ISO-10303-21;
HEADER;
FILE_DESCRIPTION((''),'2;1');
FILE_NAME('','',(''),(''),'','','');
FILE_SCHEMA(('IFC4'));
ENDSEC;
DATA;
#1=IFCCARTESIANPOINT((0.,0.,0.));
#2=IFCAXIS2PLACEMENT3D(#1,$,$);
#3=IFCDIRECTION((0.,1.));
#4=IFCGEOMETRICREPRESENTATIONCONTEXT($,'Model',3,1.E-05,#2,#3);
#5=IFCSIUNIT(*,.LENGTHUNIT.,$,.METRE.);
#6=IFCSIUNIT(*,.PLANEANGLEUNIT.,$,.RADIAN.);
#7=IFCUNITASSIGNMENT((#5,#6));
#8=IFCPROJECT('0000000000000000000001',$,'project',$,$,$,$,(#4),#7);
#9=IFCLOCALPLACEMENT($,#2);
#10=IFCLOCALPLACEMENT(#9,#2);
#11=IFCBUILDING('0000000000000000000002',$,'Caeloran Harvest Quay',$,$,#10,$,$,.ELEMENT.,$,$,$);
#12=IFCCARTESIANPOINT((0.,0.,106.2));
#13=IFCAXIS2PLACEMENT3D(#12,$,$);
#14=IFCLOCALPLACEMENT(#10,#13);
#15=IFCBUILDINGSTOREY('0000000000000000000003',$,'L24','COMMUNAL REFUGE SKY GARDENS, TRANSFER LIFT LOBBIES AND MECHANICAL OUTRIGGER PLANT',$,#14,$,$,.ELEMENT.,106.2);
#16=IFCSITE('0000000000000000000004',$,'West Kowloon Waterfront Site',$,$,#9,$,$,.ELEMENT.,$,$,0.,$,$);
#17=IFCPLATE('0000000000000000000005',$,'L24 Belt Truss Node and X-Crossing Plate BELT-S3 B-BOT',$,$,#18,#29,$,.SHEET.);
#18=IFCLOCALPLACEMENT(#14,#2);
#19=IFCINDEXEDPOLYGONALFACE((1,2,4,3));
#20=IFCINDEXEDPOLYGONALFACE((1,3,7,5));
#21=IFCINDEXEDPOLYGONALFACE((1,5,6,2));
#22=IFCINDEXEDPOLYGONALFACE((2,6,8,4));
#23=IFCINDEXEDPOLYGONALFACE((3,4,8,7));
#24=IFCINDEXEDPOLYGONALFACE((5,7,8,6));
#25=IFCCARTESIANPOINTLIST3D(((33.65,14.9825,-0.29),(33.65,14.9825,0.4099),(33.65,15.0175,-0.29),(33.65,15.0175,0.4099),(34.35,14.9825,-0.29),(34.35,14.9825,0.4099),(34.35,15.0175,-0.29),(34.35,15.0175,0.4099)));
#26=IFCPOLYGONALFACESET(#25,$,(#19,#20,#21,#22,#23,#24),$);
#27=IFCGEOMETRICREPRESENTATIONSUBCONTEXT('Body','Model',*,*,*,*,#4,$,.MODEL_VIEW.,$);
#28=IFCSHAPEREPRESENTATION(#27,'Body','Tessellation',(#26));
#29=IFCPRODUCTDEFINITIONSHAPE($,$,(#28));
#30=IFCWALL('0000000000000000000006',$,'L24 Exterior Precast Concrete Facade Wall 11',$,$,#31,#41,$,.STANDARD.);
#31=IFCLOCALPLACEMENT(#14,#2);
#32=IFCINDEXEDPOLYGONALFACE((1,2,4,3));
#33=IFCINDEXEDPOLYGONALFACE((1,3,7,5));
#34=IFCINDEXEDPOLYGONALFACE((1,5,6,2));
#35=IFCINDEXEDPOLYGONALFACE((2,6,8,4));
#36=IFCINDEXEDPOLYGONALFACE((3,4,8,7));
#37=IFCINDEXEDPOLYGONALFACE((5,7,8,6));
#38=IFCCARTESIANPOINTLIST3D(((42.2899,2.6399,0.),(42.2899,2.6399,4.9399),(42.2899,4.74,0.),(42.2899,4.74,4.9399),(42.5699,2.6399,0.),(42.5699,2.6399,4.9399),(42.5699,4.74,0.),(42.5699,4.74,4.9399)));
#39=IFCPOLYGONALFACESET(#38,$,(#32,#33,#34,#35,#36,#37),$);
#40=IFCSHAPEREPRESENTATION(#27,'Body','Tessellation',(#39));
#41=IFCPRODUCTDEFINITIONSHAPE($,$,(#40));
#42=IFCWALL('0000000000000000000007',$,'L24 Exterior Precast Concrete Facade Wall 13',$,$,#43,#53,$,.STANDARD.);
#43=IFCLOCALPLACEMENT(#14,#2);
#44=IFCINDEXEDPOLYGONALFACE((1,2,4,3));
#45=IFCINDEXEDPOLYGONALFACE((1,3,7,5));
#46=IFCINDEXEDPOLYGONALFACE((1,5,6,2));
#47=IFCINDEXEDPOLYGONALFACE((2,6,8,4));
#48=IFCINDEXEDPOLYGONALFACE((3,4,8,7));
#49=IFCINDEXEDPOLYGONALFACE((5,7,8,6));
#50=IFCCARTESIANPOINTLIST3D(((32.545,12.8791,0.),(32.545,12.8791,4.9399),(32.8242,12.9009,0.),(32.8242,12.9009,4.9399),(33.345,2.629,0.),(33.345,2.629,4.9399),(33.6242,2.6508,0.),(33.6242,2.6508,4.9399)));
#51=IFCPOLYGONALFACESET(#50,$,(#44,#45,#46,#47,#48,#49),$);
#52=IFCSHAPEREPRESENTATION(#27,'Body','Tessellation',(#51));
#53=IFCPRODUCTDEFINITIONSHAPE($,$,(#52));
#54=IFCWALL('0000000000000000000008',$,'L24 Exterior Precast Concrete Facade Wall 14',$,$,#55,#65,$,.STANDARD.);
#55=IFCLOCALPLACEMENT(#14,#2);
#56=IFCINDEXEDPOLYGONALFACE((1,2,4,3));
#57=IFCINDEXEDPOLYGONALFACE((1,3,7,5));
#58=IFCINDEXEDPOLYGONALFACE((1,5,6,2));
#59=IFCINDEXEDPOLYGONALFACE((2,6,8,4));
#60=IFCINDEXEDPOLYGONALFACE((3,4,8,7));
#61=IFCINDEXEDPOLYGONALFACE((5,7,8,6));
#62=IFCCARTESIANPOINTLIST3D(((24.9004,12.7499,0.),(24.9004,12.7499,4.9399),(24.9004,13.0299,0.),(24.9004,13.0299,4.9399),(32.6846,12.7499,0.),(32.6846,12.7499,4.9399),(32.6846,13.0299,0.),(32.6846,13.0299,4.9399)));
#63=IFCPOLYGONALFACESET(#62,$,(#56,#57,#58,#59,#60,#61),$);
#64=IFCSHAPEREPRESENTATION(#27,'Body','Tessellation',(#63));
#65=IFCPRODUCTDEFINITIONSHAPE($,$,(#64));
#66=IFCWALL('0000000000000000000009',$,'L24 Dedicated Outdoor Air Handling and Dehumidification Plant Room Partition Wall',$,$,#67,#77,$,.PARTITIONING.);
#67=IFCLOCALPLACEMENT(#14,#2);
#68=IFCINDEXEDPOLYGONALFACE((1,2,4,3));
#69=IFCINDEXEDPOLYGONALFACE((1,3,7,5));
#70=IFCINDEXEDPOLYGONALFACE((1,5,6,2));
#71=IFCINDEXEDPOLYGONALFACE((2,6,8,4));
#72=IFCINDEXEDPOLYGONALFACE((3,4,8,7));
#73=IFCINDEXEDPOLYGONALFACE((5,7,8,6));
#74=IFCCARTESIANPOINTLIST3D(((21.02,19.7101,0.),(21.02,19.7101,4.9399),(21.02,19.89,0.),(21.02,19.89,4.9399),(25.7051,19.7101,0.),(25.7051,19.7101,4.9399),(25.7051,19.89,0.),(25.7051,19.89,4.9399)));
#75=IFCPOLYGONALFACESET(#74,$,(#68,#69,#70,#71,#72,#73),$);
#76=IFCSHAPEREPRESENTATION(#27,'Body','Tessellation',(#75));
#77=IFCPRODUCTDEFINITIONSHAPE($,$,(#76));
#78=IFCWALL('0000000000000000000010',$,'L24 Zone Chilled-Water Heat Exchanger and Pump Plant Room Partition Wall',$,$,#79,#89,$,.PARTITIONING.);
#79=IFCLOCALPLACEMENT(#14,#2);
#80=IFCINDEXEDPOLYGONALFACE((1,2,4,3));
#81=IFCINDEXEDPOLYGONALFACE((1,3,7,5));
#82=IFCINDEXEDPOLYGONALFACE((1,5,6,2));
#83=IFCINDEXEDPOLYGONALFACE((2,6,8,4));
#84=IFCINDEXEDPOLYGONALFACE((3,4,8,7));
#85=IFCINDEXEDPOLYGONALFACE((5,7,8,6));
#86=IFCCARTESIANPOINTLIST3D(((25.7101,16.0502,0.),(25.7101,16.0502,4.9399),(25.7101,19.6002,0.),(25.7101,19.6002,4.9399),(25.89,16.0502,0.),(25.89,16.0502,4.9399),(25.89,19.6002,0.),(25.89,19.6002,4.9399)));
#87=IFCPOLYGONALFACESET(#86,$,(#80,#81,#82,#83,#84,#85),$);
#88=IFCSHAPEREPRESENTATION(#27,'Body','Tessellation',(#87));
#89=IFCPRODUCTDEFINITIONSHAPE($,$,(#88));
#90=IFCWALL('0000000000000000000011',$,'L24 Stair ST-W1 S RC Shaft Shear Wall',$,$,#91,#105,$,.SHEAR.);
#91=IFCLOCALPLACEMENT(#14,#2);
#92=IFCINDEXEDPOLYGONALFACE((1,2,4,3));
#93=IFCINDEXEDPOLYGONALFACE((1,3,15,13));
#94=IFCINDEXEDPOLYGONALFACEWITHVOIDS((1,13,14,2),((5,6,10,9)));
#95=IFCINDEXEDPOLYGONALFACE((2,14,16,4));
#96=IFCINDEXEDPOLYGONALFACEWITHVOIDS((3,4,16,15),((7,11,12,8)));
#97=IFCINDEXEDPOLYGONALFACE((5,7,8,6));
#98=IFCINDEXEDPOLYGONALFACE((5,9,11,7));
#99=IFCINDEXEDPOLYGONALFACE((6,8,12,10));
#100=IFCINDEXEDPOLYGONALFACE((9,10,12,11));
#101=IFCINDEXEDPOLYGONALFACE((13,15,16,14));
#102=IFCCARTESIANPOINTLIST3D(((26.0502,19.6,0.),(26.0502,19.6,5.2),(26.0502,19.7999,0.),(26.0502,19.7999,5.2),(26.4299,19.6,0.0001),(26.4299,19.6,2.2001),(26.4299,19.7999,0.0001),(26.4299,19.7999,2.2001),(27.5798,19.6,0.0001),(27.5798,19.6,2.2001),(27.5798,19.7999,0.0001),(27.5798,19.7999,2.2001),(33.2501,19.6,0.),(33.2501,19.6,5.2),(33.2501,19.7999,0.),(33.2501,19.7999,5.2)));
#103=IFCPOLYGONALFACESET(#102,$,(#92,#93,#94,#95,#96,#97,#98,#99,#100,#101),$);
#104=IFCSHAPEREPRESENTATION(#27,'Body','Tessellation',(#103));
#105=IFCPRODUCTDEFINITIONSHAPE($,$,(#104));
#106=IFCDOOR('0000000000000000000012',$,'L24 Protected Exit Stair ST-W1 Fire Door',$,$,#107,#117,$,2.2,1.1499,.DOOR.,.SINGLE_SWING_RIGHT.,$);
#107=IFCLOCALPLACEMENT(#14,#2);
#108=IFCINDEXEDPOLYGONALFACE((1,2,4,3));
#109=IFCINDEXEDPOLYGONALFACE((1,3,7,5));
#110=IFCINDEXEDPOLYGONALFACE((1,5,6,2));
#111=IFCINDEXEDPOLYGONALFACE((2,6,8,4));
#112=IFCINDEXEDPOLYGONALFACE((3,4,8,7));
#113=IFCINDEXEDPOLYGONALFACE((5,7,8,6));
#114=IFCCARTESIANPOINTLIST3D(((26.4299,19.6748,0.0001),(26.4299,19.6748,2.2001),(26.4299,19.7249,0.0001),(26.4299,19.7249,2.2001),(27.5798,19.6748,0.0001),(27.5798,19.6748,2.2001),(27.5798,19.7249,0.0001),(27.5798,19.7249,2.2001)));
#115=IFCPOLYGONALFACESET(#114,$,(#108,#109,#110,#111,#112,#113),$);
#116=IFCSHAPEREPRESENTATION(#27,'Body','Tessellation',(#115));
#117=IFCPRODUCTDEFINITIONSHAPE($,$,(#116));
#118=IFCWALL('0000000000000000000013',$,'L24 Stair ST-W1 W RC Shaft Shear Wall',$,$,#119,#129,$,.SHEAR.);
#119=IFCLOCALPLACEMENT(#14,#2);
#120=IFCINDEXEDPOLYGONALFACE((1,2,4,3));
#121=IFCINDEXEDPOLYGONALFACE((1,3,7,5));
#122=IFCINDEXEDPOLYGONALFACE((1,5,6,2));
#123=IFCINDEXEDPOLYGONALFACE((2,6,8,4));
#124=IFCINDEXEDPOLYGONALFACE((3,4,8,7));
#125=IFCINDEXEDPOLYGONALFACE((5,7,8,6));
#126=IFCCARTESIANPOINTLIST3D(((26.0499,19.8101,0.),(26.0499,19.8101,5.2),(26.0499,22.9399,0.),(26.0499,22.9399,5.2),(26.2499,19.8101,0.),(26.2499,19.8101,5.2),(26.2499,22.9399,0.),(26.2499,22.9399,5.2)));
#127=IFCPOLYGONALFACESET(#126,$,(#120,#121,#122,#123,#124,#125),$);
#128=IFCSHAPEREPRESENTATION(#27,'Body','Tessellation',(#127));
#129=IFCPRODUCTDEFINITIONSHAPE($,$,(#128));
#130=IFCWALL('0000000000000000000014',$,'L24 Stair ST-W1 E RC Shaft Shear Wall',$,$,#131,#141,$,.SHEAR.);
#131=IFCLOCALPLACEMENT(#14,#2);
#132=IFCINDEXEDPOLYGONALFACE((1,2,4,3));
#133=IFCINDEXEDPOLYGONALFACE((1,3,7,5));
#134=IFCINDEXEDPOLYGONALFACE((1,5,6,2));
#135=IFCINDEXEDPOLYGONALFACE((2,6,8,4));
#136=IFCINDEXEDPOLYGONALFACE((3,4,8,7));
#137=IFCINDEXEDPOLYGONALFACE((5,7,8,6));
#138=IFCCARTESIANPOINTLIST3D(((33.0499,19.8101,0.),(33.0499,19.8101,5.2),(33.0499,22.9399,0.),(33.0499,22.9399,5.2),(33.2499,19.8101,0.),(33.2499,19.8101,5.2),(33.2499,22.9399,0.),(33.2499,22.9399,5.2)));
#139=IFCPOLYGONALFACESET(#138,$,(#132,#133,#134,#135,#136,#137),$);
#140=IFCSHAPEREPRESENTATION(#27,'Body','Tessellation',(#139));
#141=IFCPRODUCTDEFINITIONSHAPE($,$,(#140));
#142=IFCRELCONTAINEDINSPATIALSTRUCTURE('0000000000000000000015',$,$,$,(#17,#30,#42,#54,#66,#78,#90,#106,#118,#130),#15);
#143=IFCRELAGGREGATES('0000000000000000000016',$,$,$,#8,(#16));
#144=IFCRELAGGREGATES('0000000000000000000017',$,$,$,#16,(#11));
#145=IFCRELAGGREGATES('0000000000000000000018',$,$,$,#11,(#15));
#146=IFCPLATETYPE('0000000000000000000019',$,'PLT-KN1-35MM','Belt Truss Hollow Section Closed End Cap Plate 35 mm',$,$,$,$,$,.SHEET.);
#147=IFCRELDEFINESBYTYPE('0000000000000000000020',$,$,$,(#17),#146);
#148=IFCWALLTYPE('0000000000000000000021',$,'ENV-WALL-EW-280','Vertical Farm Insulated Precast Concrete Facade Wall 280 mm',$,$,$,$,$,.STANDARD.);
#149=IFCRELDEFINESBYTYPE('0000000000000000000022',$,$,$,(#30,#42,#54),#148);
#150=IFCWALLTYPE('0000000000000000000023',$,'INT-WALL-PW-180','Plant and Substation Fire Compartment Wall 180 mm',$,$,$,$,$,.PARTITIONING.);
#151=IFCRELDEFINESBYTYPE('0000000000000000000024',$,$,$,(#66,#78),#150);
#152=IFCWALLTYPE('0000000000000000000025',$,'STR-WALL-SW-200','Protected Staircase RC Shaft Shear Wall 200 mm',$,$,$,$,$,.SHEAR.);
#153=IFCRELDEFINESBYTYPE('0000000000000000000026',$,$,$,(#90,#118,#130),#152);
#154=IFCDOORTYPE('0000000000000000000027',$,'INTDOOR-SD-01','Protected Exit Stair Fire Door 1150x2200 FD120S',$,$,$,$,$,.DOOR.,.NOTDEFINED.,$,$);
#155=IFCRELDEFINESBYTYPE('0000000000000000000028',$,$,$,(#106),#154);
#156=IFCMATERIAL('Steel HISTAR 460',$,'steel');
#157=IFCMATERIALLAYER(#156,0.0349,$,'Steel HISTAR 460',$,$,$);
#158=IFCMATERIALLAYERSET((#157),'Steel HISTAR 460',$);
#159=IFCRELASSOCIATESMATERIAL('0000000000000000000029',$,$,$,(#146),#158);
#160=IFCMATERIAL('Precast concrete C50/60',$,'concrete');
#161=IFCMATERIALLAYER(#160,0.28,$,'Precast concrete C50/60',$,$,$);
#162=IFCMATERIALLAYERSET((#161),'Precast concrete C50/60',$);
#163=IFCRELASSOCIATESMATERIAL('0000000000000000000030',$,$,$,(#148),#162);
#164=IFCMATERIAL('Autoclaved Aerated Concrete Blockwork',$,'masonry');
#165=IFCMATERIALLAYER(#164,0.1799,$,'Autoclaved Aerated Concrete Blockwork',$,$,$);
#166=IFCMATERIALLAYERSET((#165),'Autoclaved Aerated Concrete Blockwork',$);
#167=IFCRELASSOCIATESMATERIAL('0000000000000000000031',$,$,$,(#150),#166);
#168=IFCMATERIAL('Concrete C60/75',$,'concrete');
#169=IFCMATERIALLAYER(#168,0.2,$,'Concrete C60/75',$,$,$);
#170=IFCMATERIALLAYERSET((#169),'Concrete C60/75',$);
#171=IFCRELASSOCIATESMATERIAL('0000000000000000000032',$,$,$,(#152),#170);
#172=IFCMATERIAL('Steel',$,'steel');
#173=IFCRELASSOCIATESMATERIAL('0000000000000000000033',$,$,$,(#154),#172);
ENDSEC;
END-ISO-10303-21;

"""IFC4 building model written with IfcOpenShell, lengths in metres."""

from ifc_helpers import new_model, si_unit, direction, frame, frame_2d, origin, origin_2d, place, context, subcontext, project, spatial, rectangle, extrude, material, layer, layer_set, type_object, element, fill, save


model = new_model("IFC4")

# Units and contexts
model_context = context("Model", 3, precision=1e-05, world=origin(), true_north=direction((0.0, 1.0)))
body_context = subcontext(model_context, "Body", "Model", "MODEL_VIEW")
ifc_project = project(units=[si_unit("LENGTHUNIT", "METRE"), si_unit("PLANEANGLEUNIT", "RADIAN")], contexts=[model_context])

# Site, building, storey
site_placement = place(None, origin())
site = spatial("IfcSite", under=ifc_project, at=site_placement, Name="West Kowloon Waterfront Site", CompositionType="ELEMENT", RefElevation=0.0)
building_placement = place(site_placement, origin())
building = spatial("IfcBuilding", under=site, at=building_placement, Name="Caeloran Harvest Quay", CompositionType="ELEMENT")
storey_placement = place(building_placement, frame((0.0, 0.0, 106.2)))
storey = spatial("IfcBuildingStorey", under=building, at=storey_placement, Name="L24", Description="COMMUNAL REFUGE SKY GARDENS, TRANSFER LIFT LOBBIES AND MECHANICAL OUTRIGGER PLANT", CompositionType="ELEMENT", Elevation=106.2)

# Shared definitions
ifc_material_1 = material(Name="Steel HISTAR 460", Category="steel")

# Plate
ifc_layer_1 = layer(ifc_material_1, 0.0349, Name="Steel HISTAR 460")
ifc_layer_set_1 = layer_set([ifc_layer_1], Name="Steel HISTAR 460")
plate_type = type_object("IfcPlateType", Name="PLT-KN1-35MM", Description="Belt Truss Hollow Section Closed End Cap Plate 35 mm", PredefinedType="SHEET", material=ifc_layer_set_1)
for number, where, z_axis, x_axis, name in (
    (1, (34.0, 15.0, -0.29), (0.0, 0.0, 1.0), (1.0, 0.0, 0.0), "L24 Belt Truss Node and X-Crossing Plate BELT-S3 B-BOT"),
):
    element("IfcPlate", number, at=place(storey_placement, frame(where, z_axis=z_axis, x_axis=x_axis)), inside=storey, type_object=plate_type, Name=name, PredefinedType="SHEET", context=body_context, shape_type="SweptSolid", body=[
        extrude(rectangle(XDim=0.7, YDim=0.0349, at=origin_2d()), origin(), (0.0, 0.0, 1.0), 0.7),
    ])

# Walls
ifc_material_2 = material(Name="Precast concrete C50/60", Category="concrete")
ifc_layer_2 = layer(ifc_material_2, 0.28, Name="Precast concrete C50/60")
ifc_layer_set_2 = layer_set([ifc_layer_2], Name="Precast concrete C50/60")
wall_type_1 = type_object("IfcWallType", Name="ENV-WALL-EW-280", Description="Vertical Farm Insulated Precast Concrete Facade Wall 280 mm", PredefinedType="STANDARD", material=ifc_layer_set_2)
wall_1_placement = place(storey_placement, frame((42.4299, 4.74, 0.0), z_axis=(0.0, 0.0, 1.0), x_axis=(0.0, -1.0, 0.0)))
element("IfcWall", 2, at=wall_1_placement, inside=storey, type_object=wall_type_1, Name="L24 Exterior Precast Concrete Facade Wall 11", PredefinedType="STANDARD", context=body_context, shape_type="SweptSolid", body=[
    extrude(rectangle(XDim=2.1001, YDim=0.28, at=frame_2d((1.05, 0.0))), origin(), (0.0, 0.0, 1.0), 4.9399),
])
wall_2_placement = place(storey_placement, frame((33.4846, 2.6399, 0.0), z_axis=(0.0, 0.0, 1.0), x_axis=(-0.077817, 0.996968, 0.0)))
element("IfcWall", 3, at=wall_2_placement, inside=storey, type_object=wall_type_1, Name="L24 Exterior Precast Concrete Facade Wall 13", PredefinedType="STANDARD", context=body_context, shape_type="SweptSolid", body=[
    extrude(rectangle(XDim=10.2812, YDim=0.28, at=frame_2d((5.1406, 0.0))), origin(), (0.0, 0.0, 1.0), 4.9399),
])
wall_3_placement = place(storey_placement, frame((32.6846, 12.8899, 0.0), z_axis=(0.0, 0.0, 1.0), x_axis=(-1.0, 0.0, 0.0)))
element("IfcWall", 4, at=wall_3_placement, inside=storey, type_object=wall_type_1, Name="L24 Exterior Precast Concrete Facade Wall 14", PredefinedType="STANDARD", context=body_context, shape_type="SweptSolid", body=[
    extrude(rectangle(XDim=7.7842, YDim=0.28, at=frame_2d((3.8921, 0.0))), origin(), (0.0, 0.0, 1.0), 4.9399),
])
ifc_material_3 = material(Name="Autoclaved Aerated Concrete Blockwork", Category="masonry")
ifc_layer_3 = layer(ifc_material_3, 0.1799, Name="Autoclaved Aerated Concrete Blockwork")
ifc_layer_set_3 = layer_set([ifc_layer_3], Name="Autoclaved Aerated Concrete Blockwork")
wall_type_2 = type_object("IfcWallType", Name="INT-WALL-PW-180", Description="Plant and Substation Fire Compartment Wall 180 mm", PredefinedType="PARTITIONING", material=ifc_layer_set_3)
wall_4_placement = place(storey_placement, frame((25.7051, 19.8, 0.0), z_axis=(0.0, 0.0, 1.0), x_axis=(-1.0, 0.0, 0.0)))
element("IfcWall", 5, at=wall_4_placement, inside=storey, type_object=wall_type_2, Name="L24 Dedicated Outdoor Air Handling and Dehumidification Plant Room Partition Wall", PredefinedType="PARTITIONING", context=body_context, shape_type="SweptSolid", body=[
    extrude(rectangle(XDim=4.6851, YDim=0.1799, at=frame_2d((2.3425, 0.0))), origin(), (0.0, 0.0, 1.0), 4.9399),
])
wall_5_placement = place(storey_placement, frame((25.8, 19.6001, 0.0), z_axis=(0.0, 0.0, 1.0), x_axis=(0.0, -1.0, 0.0)))
element("IfcWall", 6, at=wall_5_placement, inside=storey, type_object=wall_type_2, Name="L24 Zone Chilled-Water Heat Exchanger and Pump Plant Room Partition Wall", PredefinedType="PARTITIONING", context=body_context, shape_type="SweptSolid", body=[
    extrude(rectangle(XDim=3.55, YDim=0.1799, at=frame_2d((1.7749, 0.0))), origin(), (0.0, 0.0, 1.0), 4.9399),
])

# Wall, opening, door
ifc_material_4 = material(Name="Concrete C60/75", Category="concrete")
ifc_layer_4 = layer(ifc_material_4, 0.2, Name="Concrete C60/75")
ifc_layer_set_4 = layer_set([ifc_layer_4], Name="Concrete C60/75")
wall_type_3 = type_object("IfcWallType", Name="STR-WALL-SW-200", Description="Protected Staircase RC Shaft Shear Wall 200 mm", PredefinedType="SHEAR", material=ifc_layer_set_4)
wall_6_placement = place(storey_placement, frame((26.05, 19.7, 0.0), z_axis=(0.0, 0.0, 1.0), x_axis=(1.0, 0.0, 0.0)))
wall_6 = element("IfcWall", 7, at=wall_6_placement, inside=storey, type_object=wall_type_3, Name="L24 Stair ST-W1 S RC Shaft Shear Wall", PredefinedType="SHEAR", context=body_context, shape_type="SweptSolid", body=[
    extrude(rectangle(XDim=7.2, YDim=0.2, at=frame_2d((3.6001, 0.0))), origin(), (0.0, 0.0, 1.0), 5.2),
])
opening_placement = place(wall_6_placement, frame((0.3799, 0.0, 0.0)))
opening = element("IfcOpeningElement", 8, at=opening_placement, cuts=wall_6, PredefinedType="OPENING", context=body_context, shape_type="SweptSolid", body=[
    extrude(rectangle(XDim=1.1499, YDim=2.2, at=frame_2d((0.575, 1.1001))), frame((0.0, 0.1099, 0.0), z_axis=(0.0, -1.0, 0.0), x_axis=(1.0, 0.0, 0.0)), (0.0, 0.0, 1.0), 0.22),
])
ifc_material_5 = material(Name="Steel", Category="steel")
door_type = type_object("IfcDoorType", Name="INTDOOR-SD-01", Description="Protected Exit Stair Fire Door 1150x2200 FD120S", OperationType="NOTDEFINED", PredefinedType="DOOR", material=ifc_material_5)
door_placement = place(opening_placement, origin())
door = element("IfcDoor", 9, at=door_placement, inside=storey, type_object=door_type, Name="L24 Protected Exit Stair ST-W1 Fire Door", OperationType="SINGLE_SWING_RIGHT", OverallHeight=2.2, OverallWidth=1.1499, PredefinedType="DOOR", context=body_context, shape_type="SweptSolid", body=[
    extrude(rectangle(XDim=1.1499, YDim=2.2, at=frame_2d((0.575, 1.1001))), frame((0.0, 0.0249, 0.0), z_axis=(0.0, -1.0, 0.0), x_axis=(1.0, 0.0, 0.0)), (0.0, 0.0, 1.0), 0.05),
])
fill(opening, door)

# Walls
for number, where, z_axis, x_axis, name in (
    (10, (26.1499, 19.8101, 0.0), (0.0, 0.0, 1.0), (0.0, 1.0, 0.0), "L24 Stair ST-W1 W RC Shaft Shear Wall"),
    (11, (33.1499, 19.8101, 0.0), (0.0, 0.0, 1.0), (0.0, 1.0, 0.0), "L24 Stair ST-W1 E RC Shaft Shear Wall"),
):
    element("IfcWall", number, at=place(storey_placement, frame(where, z_axis=z_axis, x_axis=x_axis)), inside=storey, type_object=wall_type_3, Name=name, PredefinedType="SHEAR", context=body_context, shape_type="SweptSolid", body=[
        extrude(rectangle(XDim=3.1299, YDim=0.2, at=frame_2d((1.5649, 0.0))), origin(), (0.0, 0.0, 1.0), 5.2),
    ])

save(model, "model.ifc")
